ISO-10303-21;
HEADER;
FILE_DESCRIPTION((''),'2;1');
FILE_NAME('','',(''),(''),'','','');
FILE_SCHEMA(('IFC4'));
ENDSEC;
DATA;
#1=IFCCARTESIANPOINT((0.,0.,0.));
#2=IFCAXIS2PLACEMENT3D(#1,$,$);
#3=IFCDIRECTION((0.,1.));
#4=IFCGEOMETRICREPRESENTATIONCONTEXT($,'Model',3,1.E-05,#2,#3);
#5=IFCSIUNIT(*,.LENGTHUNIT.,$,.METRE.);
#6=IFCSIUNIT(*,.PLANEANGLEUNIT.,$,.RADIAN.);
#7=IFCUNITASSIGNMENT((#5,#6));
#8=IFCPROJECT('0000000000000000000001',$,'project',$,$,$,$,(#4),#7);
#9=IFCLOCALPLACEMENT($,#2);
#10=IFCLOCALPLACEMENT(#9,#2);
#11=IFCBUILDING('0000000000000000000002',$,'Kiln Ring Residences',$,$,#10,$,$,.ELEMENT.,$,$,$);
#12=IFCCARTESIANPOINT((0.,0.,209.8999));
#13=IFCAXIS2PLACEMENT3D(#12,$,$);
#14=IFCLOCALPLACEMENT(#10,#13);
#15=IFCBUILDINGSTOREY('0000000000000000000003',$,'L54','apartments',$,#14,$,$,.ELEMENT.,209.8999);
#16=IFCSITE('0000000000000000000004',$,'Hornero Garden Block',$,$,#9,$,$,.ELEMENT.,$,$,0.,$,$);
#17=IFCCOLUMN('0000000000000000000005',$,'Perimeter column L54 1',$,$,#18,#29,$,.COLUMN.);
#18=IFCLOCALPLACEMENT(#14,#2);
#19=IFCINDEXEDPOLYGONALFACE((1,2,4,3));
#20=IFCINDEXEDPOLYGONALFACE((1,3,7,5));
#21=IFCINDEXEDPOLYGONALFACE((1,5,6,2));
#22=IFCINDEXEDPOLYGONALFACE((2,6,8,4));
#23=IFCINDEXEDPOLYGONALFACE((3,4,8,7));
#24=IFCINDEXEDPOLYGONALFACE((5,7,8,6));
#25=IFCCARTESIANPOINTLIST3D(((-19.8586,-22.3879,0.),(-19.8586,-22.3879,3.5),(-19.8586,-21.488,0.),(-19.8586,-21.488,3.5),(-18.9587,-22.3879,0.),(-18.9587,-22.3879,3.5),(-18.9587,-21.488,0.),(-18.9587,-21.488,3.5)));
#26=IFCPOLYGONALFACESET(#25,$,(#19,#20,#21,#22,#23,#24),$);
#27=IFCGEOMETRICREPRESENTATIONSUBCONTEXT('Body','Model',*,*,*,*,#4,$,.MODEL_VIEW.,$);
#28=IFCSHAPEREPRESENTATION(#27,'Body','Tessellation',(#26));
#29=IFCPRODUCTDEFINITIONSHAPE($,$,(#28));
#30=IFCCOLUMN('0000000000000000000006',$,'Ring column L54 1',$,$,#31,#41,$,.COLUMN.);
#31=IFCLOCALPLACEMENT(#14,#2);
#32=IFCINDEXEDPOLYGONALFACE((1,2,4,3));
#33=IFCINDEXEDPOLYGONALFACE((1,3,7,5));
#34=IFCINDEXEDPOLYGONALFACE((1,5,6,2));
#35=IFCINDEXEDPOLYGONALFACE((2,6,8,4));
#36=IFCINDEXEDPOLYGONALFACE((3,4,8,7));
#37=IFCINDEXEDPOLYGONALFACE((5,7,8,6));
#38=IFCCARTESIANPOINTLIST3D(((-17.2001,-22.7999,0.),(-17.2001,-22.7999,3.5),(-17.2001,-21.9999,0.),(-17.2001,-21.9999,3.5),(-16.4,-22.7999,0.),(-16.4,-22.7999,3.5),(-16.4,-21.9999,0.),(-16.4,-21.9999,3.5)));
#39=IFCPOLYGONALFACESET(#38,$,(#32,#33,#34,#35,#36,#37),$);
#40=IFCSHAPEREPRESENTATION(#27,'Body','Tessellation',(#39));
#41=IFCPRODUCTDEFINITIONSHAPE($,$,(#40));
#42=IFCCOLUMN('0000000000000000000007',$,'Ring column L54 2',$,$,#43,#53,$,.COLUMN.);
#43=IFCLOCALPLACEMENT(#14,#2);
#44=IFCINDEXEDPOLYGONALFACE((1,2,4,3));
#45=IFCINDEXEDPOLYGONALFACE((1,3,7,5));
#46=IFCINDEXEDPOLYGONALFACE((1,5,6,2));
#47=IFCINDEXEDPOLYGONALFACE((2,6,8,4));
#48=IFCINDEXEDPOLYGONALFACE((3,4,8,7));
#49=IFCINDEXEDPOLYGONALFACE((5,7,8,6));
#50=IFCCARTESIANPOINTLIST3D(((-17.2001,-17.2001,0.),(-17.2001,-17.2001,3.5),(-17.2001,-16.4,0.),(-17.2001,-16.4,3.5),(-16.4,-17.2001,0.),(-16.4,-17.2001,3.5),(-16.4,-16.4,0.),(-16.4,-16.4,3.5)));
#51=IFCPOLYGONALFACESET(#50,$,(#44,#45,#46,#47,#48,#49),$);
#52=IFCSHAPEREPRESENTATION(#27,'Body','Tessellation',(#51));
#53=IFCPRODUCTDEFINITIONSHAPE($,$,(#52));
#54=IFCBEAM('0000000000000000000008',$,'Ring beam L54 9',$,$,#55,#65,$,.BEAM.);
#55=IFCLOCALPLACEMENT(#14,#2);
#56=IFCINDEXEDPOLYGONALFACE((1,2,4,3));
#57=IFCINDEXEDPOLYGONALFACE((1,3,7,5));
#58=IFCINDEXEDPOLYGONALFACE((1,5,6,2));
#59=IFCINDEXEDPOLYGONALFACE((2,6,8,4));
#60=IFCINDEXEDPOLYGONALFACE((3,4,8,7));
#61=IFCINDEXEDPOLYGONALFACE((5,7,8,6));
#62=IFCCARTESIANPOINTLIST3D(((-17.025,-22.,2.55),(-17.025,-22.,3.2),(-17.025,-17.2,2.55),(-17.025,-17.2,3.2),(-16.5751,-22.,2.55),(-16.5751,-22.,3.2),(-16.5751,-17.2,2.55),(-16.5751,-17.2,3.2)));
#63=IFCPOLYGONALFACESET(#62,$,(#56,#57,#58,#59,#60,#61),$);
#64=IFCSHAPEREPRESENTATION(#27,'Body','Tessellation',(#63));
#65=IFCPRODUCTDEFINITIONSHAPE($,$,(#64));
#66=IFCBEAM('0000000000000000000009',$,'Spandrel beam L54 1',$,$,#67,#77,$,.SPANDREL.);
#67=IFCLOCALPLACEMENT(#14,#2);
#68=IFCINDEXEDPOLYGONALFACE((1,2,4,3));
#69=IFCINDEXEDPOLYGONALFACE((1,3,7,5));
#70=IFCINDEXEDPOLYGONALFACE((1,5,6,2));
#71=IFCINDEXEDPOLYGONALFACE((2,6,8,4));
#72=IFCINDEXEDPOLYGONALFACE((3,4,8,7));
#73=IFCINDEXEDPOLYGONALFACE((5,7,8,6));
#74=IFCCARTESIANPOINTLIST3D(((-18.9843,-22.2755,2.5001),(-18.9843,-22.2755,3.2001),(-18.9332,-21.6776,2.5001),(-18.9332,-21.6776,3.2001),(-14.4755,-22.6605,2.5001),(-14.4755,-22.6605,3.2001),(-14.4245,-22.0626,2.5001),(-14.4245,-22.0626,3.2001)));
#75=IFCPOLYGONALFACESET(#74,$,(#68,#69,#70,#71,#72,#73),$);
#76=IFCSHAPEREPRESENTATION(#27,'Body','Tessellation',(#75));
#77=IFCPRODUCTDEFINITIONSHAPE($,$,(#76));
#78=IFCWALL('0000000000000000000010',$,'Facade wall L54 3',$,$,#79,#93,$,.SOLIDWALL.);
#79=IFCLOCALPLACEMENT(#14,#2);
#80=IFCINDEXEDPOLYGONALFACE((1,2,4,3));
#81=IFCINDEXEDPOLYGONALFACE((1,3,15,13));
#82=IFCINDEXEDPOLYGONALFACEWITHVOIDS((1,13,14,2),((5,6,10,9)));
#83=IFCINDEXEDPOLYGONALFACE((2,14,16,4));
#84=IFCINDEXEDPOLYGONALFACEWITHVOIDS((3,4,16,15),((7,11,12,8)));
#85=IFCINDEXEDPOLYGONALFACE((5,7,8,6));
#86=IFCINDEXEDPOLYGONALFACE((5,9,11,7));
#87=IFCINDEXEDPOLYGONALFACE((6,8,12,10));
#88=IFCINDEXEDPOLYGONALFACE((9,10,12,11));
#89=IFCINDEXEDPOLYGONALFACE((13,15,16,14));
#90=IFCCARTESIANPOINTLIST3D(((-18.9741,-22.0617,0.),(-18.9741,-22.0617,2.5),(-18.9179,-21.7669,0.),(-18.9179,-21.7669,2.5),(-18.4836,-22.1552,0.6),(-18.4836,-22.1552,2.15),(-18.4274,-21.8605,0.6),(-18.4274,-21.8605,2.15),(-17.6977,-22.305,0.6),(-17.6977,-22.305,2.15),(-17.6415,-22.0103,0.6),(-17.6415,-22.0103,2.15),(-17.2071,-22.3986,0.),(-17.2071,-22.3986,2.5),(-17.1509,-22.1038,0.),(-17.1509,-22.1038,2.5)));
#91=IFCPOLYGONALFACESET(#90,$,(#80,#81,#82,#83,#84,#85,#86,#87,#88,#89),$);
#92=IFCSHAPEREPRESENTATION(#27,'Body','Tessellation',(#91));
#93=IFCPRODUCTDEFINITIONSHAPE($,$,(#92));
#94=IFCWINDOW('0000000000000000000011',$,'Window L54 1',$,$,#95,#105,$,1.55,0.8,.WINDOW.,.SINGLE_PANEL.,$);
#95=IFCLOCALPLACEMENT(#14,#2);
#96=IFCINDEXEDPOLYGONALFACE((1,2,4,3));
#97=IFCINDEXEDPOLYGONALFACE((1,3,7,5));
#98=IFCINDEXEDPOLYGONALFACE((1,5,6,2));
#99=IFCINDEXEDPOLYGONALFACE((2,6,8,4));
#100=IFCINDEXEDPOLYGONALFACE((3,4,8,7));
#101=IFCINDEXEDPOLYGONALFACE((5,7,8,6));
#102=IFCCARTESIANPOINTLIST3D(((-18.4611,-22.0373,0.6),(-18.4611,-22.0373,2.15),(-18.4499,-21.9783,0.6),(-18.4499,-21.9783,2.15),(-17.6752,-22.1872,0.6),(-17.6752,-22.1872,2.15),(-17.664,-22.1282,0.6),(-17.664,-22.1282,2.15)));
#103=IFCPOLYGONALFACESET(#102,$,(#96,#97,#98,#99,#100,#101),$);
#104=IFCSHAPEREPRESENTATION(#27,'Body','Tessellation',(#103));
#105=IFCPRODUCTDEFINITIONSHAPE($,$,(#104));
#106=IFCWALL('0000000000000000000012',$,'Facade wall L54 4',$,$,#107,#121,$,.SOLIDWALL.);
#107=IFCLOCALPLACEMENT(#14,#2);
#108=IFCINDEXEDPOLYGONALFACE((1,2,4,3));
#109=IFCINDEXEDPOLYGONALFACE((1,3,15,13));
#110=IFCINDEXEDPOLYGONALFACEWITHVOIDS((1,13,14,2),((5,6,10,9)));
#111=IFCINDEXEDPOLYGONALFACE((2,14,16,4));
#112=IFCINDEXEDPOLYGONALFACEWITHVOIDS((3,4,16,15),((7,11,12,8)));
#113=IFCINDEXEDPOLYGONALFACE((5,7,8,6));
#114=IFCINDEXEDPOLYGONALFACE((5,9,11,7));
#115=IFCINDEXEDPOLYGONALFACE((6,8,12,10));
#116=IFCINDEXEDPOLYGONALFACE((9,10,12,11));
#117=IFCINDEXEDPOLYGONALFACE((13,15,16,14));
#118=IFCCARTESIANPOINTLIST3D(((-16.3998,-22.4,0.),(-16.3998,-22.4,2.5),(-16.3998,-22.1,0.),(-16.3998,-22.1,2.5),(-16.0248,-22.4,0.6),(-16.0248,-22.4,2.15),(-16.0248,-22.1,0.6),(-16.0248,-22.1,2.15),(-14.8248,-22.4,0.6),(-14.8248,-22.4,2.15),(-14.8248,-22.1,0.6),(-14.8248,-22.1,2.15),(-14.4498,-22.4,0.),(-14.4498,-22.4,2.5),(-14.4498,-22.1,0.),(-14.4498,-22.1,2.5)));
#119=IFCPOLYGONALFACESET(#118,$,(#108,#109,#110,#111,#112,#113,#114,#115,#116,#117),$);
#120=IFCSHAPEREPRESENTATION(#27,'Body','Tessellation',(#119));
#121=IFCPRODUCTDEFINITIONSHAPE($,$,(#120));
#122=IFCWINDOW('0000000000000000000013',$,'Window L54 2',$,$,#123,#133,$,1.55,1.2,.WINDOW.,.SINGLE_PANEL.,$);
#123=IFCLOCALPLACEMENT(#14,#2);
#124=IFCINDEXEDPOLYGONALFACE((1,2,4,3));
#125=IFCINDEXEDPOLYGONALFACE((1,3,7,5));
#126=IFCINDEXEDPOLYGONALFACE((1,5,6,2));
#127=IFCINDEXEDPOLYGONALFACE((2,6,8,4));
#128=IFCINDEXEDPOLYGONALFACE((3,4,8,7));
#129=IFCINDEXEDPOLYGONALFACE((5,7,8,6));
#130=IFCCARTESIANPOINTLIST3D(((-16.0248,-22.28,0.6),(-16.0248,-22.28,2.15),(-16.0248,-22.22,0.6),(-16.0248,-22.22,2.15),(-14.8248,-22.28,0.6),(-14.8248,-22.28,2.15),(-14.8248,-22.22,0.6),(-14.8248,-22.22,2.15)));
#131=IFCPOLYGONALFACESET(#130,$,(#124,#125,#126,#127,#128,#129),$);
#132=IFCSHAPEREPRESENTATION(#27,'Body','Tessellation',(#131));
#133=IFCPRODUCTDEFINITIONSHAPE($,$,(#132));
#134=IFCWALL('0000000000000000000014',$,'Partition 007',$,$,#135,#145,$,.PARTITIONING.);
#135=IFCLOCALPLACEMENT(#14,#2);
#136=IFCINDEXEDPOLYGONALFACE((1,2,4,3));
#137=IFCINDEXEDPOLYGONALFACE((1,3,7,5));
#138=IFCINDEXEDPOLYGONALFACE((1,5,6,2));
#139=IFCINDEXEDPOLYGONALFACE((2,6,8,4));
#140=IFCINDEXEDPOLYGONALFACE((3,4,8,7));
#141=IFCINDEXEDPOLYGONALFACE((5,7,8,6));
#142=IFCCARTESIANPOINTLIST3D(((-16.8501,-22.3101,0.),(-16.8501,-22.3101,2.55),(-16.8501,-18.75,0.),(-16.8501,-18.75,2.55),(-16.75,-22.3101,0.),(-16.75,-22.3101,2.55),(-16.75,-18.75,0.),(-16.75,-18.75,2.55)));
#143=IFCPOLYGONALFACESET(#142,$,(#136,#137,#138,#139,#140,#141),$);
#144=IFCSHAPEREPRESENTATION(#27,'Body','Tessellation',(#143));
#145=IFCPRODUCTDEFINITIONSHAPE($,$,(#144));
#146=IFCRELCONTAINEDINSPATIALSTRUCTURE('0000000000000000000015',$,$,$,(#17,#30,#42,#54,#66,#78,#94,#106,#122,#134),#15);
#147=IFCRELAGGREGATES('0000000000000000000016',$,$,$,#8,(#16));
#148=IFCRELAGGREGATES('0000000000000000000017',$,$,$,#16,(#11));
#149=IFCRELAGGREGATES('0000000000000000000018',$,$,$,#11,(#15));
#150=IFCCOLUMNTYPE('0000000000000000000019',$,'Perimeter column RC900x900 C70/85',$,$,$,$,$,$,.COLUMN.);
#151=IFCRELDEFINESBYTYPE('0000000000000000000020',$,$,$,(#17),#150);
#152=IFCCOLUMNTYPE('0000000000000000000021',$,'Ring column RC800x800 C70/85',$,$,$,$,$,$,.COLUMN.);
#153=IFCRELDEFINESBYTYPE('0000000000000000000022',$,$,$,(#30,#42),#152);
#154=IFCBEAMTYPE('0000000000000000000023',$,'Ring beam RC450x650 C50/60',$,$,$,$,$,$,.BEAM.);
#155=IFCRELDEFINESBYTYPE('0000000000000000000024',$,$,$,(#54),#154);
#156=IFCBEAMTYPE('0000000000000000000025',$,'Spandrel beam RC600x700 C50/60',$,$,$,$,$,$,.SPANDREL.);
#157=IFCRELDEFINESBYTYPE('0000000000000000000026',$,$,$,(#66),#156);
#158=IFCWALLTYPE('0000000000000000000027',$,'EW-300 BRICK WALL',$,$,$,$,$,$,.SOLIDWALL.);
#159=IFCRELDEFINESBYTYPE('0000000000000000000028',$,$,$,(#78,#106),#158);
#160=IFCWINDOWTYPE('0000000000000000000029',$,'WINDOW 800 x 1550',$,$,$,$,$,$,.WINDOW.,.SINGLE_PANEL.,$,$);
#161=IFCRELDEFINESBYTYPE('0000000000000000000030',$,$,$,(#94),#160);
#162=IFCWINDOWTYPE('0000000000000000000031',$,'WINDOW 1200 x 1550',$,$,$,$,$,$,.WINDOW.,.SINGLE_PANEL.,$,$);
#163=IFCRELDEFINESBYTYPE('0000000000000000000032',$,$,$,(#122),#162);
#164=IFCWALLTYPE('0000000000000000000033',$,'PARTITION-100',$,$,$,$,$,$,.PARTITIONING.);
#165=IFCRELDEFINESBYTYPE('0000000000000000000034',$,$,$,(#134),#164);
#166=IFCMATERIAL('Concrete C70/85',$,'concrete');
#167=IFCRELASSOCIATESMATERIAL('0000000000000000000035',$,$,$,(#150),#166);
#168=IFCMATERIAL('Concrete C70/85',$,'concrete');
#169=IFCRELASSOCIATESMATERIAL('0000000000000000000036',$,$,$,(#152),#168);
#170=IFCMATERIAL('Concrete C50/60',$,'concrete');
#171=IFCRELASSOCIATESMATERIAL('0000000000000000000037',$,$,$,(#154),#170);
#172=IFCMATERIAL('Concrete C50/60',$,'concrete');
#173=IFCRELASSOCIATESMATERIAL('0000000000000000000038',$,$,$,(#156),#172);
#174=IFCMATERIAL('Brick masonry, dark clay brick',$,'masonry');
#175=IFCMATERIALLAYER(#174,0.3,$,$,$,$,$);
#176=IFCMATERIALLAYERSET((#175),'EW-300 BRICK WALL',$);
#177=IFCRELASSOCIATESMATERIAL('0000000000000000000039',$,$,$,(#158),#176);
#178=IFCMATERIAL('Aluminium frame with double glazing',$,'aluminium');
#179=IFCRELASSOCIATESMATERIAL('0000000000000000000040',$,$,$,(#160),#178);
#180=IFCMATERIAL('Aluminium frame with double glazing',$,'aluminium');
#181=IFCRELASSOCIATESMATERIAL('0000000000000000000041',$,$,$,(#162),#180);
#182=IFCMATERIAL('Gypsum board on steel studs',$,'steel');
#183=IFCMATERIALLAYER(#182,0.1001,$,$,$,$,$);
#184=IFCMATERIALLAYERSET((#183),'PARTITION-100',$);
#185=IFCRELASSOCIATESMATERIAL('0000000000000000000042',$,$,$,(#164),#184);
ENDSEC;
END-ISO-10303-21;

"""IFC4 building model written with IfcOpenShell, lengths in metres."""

from ifc_helpers import new_model, si_unit, direction, frame, frame_2d, origin, origin_2d, place, context, subcontext, project, spatial, rectangle, extrude, material, layer, layer_set, material_profile, profile_set, type_object, element, fill, save


model = new_model("IFC4")

# Units and contexts
model_context = context("Model", 3, precision=1e-05, world=origin(), true_north=direction((0.0, 1.0)))
body_context = subcontext(model_context, "Body", "Model", "MODEL_VIEW")
ifc_project = project(units=[si_unit("LENGTHUNIT", "METRE"), si_unit("PLANEANGLEUNIT", "RADIAN")], contexts=[model_context])

# Site, building, storey
site_placement = place(None, origin())
site = spatial("IfcSite", under=ifc_project, at=site_placement, Name="Hornero Garden Block", CompositionType="ELEMENT", RefElevation=0.0)
building_placement = place(site_placement, origin())
building = spatial("IfcBuilding", under=site, at=building_placement, Name="Kiln Ring Residences", CompositionType="ELEMENT")
storey_placement = place(building_placement, frame((0.0, 0.0, 209.8999)))
storey = spatial("IfcBuildingStorey", under=building, at=storey_placement, Name="L54", Description="apartments", CompositionType="ELEMENT", Elevation=209.8999)

# Columns
ifc_material_1 = material(Name="Concrete C70/85", Category="concrete")
ifc_material_profile_1 = material_profile(ifc_material_1, rectangle(XDim=0.8999, YDim=0.8999, at=origin_2d()), Name="RC900x900")
ifc_profile_set_1 = profile_set([ifc_material_profile_1], Name="Concrete C70/85")
column_type_1 = type_object("IfcColumnType", Name="Perimeter column RC900x900 C70/85", PredefinedType="COLUMN", material=ifc_profile_set_1)
column_placement = place(storey_placement, frame((-19.4087, -21.938, 0.0), z_axis=(0.0, 0.0, 1.0), x_axis=(1.0, 0.0, 0.0)))
element("IfcColumn", 1, at=column_placement, inside=storey, type_object=column_type_1, Name="Perimeter column L54 1", PredefinedType="COLUMN", context=body_context, shape_type="SweptSolid", body=[
    extrude(rectangle(XDim=0.8999, YDim=0.8999, at=origin_2d()), origin(), (0.0, 0.0, 1.0), 3.5),
])
ifc_material_2 = material(Name="Concrete C70/85", Category="concrete")
ifc_material_profile_2 = material_profile(ifc_material_2, rectangle(XDim=0.8, YDim=0.8, at=origin_2d()), Name="RC800x800")
ifc_profile_set_2 = profile_set([ifc_material_profile_2], Name="Concrete C70/85")
column_type_2 = type_object("IfcColumnType", Name="Ring column RC800x800 C70/85", PredefinedType="COLUMN", material=ifc_profile_set_2)
for number, where, z_axis, x_axis, name in (
    (2, (-16.8, -22.3999, 0.0), (0.0, 0.0, 1.0), (1.0, 0.0, 0.0), "Ring column L54 1"),
    (3, (-16.8, -16.8, 0.0), (0.0, 0.0, 1.0), (1.0, 0.0, 0.0), "Ring column L54 2"),
):
    element("IfcColumn", number, at=place(storey_placement, frame(where, z_axis=z_axis, x_axis=x_axis)), inside=storey, type_object=column_type_2, Name=name, PredefinedType="COLUMN", context=body_context, shape_type="SweptSolid", body=[
        extrude(rectangle(XDim=0.8, YDim=0.8, at=origin_2d()), origin(), (0.0, 0.0, 1.0), 3.5),
    ])

# Beams
ifc_material_3 = material(Name="Concrete C50/60", Category="concrete")
ifc_material_profile_3 = material_profile(ifc_material_3, rectangle(XDim=0.45, YDim=0.6499, at=origin_2d()), Name="RC450x650")
ifc_profile_set_3 = profile_set([ifc_material_profile_3], Name="Concrete C50/60")
beam_type_1 = type_object("IfcBeamType", Name="Ring beam RC450x650 C50/60", PredefinedType="BEAM", material=ifc_profile_set_3)
beam_1_placement = place(storey_placement, frame((-16.8, -17.2, 2.875), z_axis=(0.0, -1.0, 0.0), x_axis=(1.0, 0.0, 0.0)))
element("IfcBeam", 4, at=beam_1_placement, inside=storey, type_object=beam_type_1, Name="Ring beam L54 9", PredefinedType="BEAM", context=body_context, shape_type="SweptSolid", body=[
    extrude(rectangle(XDim=0.45, YDim=0.6499, at=origin_2d()), origin(), (0.0, 0.0, 1.0), 4.8),
])
ifc_material_4 = material(Name="Concrete C50/60", Category="concrete")
ifc_material_profile_4 = material_profile(ifc_material_4, rectangle(XDim=0.6001, YDim=0.7, at=origin_2d()), Name="RC600x700")
ifc_profile_set_4 = profile_set([ifc_material_profile_4], Name="Concrete C50/60")
beam_type_2 = type_object("IfcBeamType", Name="Spandrel beam RC600x700 C50/60", PredefinedType="SPANDREL", material=ifc_profile_set_4)
beam_2_placement = place(storey_placement, frame((-18.9587, -21.9766, 2.8501), z_axis=(0.996374, -0.085081, 0.0), x_axis=(0.085081, 0.996374, 0.0)))
element("IfcBeam", 5, at=beam_2_placement, inside=storey, type_object=beam_type_2, Name="Spandrel beam L54 1", PredefinedType="SPANDREL", context=body_context, shape_type="SweptSolid", body=[
    extrude(rectangle(XDim=0.6001, YDim=0.7, at=origin_2d()), origin(), (0.0, 0.0, 1.0), 4.5251),
])

# Walls, openings, windows
ifc_material_5 = material(Name="Brick masonry, dark clay brick", Category="masonry")
ifc_layer_1 = layer(ifc_material_5, 0.3)
ifc_layer_set_1 = layer_set([ifc_layer_1], Name="EW-300 BRICK WALL")
wall_type_1 = type_object("IfcWallType", Name="EW-300 BRICK WALL", PredefinedType="SOLIDWALL", material=ifc_layer_set_1)
wall_1_placement = place(storey_placement, frame((-18.946, -21.9143, 0.0), z_axis=(0.0, 0.0, 1.0), x_axis=(0.982305, -0.187287, 0.0)))
wall_1 = element("IfcWall", 6, at=wall_1_placement, inside=storey, type_object=wall_type_1, Name="Facade wall L54 3", PredefinedType="SOLIDWALL", context=body_context, shape_type="SweptSolid", body=[
    extrude(rectangle(XDim=1.7988, YDim=0.3, at=frame_2d((0.8994, 0.0))), origin(), (0.0, 0.0, 1.0), 2.5),
])
opening_1_placement = place(wall_1_placement, frame((0.4995, 0.0, 0.6001)))
opening_1 = element("IfcOpeningElement", 7, at=opening_1_placement, cuts=wall_1, PredefinedType="OPENING", context=body_context, shape_type="SweptSolid", body=[
    extrude(rectangle(XDim=0.8, YDim=1.55, at=frame_2d((0.3999, 0.7749))), frame((0.0, 0.1599, 0.0), z_axis=(0.0, -1.0, 0.0), x_axis=(1.0, 0.0, 0.0)), (0.0, 0.0, 1.0), 0.3201),
])
ifc_material_6 = material(Name="Aluminium frame with double glazing", Category="aluminium")
window_type_1 = type_object("IfcWindowType", Name="WINDOW 800 x 1550", PartitioningType="SINGLE_PANEL", PredefinedType="WINDOW", material=ifc_material_6)
window_1_placement = place(opening_1_placement, origin())
window_1 = element("IfcWindow", 8, at=window_1_placement, inside=storey, type_object=window_type_1, Name="Window L54 1", OverallHeight=1.55, OverallWidth=0.8, PartitioningType="SINGLE_PANEL", PredefinedType="WINDOW", context=body_context, shape_type="SweptSolid", body=[
    extrude(rectangle(XDim=0.8, YDim=1.55, at=frame_2d((0.3999, 0.7749))), frame((0.0, 0.03, 0.0), z_axis=(0.0, -1.0, 0.0), x_axis=(1.0, 0.0, 0.0)), (0.0, 0.0, 1.0), 0.0601),
])
fill(opening_1, window_1)
wall_2_placement = place(storey_placement, frame((-16.3999, -22.25, 0.0), z_axis=(0.0, 0.0, 1.0), x_axis=(1.0, 0.0, 0.0)))
wall_2 = element("IfcWall", 9, at=wall_2_placement, inside=storey, type_object=wall_type_1, Name="Facade wall L54 4", PredefinedType="SOLIDWALL", context=body_context, shape_type="SweptSolid", body=[
    extrude(rectangle(XDim=1.95, YDim=0.3, at=frame_2d((0.9751, 0.0))), origin(), (0.0, 0.0, 1.0), 2.5),
])
opening_2_placement = place(wall_2_placement, frame((0.375, 0.0, 0.6001)))
opening_2 = element("IfcOpeningElement", 10, at=opening_2_placement, cuts=wall_2, PredefinedType="OPENING", context=body_context, shape_type="SweptSolid", body=[
    extrude(rectangle(XDim=1.2, YDim=1.55, at=frame_2d((0.6001, 0.7749))), frame((0.0, 0.1599, 0.0), z_axis=(0.0, -1.0, 0.0), x_axis=(1.0, 0.0, 0.0)), (0.0, 0.0, 1.0), 0.3201),
])
ifc_material_7 = material(Name="Aluminium frame with double glazing", Category="aluminium")
window_type_2 = type_object("IfcWindowType", Name="WINDOW 1200 x 1550", PartitioningType="SINGLE_PANEL", PredefinedType="WINDOW", material=ifc_material_7)
window_2_placement = place(opening_2_placement, origin())
window_2 = element("IfcWindow", 11, at=window_2_placement, inside=storey, type_object=window_type_2, Name="Window L54 2", OverallHeight=1.55, OverallWidth=1.2, PartitioningType="SINGLE_PANEL", PredefinedType="WINDOW", context=body_context, shape_type="SweptSolid", body=[
    extrude(rectangle(XDim=1.2, YDim=1.55, at=frame_2d((0.6001, 0.7749))), frame((0.0, 0.03, 0.0), z_axis=(0.0, -1.0, 0.0), x_axis=(1.0, 0.0, 0.0)), (0.0, 0.0, 1.0), 0.0601),
])
fill(opening_2, window_2)

# Wall
ifc_material_8 = material(Name="Gypsum board on steel studs", Category="steel")
ifc_layer_2 = layer(ifc_material_8, 0.1001)
ifc_layer_set_2 = layer_set([ifc_layer_2], Name="PARTITION-100")
wall_type_2 = type_object("IfcWallType", Name="PARTITION-100", PredefinedType="PARTITIONING", material=ifc_layer_set_2)
wall_3_placement = place(storey_placement, frame((-16.8, -22.3101, 0.0), z_axis=(0.0, 0.0, 1.0), x_axis=(0.0, 1.0, 0.0)))
element("IfcWall", 12, at=wall_3_placement, inside=storey, type_object=wall_type_2, Name="Partition 007", PredefinedType="PARTITIONING", context=body_context, shape_type="SweptSolid", body=[
    extrude(rectangle(XDim=3.5601, YDim=0.1001, at=frame_2d((1.78, 0.0))), origin(), (0.0, 0.0, 1.0), 2.55),
])

save(model, "model.ifc")
